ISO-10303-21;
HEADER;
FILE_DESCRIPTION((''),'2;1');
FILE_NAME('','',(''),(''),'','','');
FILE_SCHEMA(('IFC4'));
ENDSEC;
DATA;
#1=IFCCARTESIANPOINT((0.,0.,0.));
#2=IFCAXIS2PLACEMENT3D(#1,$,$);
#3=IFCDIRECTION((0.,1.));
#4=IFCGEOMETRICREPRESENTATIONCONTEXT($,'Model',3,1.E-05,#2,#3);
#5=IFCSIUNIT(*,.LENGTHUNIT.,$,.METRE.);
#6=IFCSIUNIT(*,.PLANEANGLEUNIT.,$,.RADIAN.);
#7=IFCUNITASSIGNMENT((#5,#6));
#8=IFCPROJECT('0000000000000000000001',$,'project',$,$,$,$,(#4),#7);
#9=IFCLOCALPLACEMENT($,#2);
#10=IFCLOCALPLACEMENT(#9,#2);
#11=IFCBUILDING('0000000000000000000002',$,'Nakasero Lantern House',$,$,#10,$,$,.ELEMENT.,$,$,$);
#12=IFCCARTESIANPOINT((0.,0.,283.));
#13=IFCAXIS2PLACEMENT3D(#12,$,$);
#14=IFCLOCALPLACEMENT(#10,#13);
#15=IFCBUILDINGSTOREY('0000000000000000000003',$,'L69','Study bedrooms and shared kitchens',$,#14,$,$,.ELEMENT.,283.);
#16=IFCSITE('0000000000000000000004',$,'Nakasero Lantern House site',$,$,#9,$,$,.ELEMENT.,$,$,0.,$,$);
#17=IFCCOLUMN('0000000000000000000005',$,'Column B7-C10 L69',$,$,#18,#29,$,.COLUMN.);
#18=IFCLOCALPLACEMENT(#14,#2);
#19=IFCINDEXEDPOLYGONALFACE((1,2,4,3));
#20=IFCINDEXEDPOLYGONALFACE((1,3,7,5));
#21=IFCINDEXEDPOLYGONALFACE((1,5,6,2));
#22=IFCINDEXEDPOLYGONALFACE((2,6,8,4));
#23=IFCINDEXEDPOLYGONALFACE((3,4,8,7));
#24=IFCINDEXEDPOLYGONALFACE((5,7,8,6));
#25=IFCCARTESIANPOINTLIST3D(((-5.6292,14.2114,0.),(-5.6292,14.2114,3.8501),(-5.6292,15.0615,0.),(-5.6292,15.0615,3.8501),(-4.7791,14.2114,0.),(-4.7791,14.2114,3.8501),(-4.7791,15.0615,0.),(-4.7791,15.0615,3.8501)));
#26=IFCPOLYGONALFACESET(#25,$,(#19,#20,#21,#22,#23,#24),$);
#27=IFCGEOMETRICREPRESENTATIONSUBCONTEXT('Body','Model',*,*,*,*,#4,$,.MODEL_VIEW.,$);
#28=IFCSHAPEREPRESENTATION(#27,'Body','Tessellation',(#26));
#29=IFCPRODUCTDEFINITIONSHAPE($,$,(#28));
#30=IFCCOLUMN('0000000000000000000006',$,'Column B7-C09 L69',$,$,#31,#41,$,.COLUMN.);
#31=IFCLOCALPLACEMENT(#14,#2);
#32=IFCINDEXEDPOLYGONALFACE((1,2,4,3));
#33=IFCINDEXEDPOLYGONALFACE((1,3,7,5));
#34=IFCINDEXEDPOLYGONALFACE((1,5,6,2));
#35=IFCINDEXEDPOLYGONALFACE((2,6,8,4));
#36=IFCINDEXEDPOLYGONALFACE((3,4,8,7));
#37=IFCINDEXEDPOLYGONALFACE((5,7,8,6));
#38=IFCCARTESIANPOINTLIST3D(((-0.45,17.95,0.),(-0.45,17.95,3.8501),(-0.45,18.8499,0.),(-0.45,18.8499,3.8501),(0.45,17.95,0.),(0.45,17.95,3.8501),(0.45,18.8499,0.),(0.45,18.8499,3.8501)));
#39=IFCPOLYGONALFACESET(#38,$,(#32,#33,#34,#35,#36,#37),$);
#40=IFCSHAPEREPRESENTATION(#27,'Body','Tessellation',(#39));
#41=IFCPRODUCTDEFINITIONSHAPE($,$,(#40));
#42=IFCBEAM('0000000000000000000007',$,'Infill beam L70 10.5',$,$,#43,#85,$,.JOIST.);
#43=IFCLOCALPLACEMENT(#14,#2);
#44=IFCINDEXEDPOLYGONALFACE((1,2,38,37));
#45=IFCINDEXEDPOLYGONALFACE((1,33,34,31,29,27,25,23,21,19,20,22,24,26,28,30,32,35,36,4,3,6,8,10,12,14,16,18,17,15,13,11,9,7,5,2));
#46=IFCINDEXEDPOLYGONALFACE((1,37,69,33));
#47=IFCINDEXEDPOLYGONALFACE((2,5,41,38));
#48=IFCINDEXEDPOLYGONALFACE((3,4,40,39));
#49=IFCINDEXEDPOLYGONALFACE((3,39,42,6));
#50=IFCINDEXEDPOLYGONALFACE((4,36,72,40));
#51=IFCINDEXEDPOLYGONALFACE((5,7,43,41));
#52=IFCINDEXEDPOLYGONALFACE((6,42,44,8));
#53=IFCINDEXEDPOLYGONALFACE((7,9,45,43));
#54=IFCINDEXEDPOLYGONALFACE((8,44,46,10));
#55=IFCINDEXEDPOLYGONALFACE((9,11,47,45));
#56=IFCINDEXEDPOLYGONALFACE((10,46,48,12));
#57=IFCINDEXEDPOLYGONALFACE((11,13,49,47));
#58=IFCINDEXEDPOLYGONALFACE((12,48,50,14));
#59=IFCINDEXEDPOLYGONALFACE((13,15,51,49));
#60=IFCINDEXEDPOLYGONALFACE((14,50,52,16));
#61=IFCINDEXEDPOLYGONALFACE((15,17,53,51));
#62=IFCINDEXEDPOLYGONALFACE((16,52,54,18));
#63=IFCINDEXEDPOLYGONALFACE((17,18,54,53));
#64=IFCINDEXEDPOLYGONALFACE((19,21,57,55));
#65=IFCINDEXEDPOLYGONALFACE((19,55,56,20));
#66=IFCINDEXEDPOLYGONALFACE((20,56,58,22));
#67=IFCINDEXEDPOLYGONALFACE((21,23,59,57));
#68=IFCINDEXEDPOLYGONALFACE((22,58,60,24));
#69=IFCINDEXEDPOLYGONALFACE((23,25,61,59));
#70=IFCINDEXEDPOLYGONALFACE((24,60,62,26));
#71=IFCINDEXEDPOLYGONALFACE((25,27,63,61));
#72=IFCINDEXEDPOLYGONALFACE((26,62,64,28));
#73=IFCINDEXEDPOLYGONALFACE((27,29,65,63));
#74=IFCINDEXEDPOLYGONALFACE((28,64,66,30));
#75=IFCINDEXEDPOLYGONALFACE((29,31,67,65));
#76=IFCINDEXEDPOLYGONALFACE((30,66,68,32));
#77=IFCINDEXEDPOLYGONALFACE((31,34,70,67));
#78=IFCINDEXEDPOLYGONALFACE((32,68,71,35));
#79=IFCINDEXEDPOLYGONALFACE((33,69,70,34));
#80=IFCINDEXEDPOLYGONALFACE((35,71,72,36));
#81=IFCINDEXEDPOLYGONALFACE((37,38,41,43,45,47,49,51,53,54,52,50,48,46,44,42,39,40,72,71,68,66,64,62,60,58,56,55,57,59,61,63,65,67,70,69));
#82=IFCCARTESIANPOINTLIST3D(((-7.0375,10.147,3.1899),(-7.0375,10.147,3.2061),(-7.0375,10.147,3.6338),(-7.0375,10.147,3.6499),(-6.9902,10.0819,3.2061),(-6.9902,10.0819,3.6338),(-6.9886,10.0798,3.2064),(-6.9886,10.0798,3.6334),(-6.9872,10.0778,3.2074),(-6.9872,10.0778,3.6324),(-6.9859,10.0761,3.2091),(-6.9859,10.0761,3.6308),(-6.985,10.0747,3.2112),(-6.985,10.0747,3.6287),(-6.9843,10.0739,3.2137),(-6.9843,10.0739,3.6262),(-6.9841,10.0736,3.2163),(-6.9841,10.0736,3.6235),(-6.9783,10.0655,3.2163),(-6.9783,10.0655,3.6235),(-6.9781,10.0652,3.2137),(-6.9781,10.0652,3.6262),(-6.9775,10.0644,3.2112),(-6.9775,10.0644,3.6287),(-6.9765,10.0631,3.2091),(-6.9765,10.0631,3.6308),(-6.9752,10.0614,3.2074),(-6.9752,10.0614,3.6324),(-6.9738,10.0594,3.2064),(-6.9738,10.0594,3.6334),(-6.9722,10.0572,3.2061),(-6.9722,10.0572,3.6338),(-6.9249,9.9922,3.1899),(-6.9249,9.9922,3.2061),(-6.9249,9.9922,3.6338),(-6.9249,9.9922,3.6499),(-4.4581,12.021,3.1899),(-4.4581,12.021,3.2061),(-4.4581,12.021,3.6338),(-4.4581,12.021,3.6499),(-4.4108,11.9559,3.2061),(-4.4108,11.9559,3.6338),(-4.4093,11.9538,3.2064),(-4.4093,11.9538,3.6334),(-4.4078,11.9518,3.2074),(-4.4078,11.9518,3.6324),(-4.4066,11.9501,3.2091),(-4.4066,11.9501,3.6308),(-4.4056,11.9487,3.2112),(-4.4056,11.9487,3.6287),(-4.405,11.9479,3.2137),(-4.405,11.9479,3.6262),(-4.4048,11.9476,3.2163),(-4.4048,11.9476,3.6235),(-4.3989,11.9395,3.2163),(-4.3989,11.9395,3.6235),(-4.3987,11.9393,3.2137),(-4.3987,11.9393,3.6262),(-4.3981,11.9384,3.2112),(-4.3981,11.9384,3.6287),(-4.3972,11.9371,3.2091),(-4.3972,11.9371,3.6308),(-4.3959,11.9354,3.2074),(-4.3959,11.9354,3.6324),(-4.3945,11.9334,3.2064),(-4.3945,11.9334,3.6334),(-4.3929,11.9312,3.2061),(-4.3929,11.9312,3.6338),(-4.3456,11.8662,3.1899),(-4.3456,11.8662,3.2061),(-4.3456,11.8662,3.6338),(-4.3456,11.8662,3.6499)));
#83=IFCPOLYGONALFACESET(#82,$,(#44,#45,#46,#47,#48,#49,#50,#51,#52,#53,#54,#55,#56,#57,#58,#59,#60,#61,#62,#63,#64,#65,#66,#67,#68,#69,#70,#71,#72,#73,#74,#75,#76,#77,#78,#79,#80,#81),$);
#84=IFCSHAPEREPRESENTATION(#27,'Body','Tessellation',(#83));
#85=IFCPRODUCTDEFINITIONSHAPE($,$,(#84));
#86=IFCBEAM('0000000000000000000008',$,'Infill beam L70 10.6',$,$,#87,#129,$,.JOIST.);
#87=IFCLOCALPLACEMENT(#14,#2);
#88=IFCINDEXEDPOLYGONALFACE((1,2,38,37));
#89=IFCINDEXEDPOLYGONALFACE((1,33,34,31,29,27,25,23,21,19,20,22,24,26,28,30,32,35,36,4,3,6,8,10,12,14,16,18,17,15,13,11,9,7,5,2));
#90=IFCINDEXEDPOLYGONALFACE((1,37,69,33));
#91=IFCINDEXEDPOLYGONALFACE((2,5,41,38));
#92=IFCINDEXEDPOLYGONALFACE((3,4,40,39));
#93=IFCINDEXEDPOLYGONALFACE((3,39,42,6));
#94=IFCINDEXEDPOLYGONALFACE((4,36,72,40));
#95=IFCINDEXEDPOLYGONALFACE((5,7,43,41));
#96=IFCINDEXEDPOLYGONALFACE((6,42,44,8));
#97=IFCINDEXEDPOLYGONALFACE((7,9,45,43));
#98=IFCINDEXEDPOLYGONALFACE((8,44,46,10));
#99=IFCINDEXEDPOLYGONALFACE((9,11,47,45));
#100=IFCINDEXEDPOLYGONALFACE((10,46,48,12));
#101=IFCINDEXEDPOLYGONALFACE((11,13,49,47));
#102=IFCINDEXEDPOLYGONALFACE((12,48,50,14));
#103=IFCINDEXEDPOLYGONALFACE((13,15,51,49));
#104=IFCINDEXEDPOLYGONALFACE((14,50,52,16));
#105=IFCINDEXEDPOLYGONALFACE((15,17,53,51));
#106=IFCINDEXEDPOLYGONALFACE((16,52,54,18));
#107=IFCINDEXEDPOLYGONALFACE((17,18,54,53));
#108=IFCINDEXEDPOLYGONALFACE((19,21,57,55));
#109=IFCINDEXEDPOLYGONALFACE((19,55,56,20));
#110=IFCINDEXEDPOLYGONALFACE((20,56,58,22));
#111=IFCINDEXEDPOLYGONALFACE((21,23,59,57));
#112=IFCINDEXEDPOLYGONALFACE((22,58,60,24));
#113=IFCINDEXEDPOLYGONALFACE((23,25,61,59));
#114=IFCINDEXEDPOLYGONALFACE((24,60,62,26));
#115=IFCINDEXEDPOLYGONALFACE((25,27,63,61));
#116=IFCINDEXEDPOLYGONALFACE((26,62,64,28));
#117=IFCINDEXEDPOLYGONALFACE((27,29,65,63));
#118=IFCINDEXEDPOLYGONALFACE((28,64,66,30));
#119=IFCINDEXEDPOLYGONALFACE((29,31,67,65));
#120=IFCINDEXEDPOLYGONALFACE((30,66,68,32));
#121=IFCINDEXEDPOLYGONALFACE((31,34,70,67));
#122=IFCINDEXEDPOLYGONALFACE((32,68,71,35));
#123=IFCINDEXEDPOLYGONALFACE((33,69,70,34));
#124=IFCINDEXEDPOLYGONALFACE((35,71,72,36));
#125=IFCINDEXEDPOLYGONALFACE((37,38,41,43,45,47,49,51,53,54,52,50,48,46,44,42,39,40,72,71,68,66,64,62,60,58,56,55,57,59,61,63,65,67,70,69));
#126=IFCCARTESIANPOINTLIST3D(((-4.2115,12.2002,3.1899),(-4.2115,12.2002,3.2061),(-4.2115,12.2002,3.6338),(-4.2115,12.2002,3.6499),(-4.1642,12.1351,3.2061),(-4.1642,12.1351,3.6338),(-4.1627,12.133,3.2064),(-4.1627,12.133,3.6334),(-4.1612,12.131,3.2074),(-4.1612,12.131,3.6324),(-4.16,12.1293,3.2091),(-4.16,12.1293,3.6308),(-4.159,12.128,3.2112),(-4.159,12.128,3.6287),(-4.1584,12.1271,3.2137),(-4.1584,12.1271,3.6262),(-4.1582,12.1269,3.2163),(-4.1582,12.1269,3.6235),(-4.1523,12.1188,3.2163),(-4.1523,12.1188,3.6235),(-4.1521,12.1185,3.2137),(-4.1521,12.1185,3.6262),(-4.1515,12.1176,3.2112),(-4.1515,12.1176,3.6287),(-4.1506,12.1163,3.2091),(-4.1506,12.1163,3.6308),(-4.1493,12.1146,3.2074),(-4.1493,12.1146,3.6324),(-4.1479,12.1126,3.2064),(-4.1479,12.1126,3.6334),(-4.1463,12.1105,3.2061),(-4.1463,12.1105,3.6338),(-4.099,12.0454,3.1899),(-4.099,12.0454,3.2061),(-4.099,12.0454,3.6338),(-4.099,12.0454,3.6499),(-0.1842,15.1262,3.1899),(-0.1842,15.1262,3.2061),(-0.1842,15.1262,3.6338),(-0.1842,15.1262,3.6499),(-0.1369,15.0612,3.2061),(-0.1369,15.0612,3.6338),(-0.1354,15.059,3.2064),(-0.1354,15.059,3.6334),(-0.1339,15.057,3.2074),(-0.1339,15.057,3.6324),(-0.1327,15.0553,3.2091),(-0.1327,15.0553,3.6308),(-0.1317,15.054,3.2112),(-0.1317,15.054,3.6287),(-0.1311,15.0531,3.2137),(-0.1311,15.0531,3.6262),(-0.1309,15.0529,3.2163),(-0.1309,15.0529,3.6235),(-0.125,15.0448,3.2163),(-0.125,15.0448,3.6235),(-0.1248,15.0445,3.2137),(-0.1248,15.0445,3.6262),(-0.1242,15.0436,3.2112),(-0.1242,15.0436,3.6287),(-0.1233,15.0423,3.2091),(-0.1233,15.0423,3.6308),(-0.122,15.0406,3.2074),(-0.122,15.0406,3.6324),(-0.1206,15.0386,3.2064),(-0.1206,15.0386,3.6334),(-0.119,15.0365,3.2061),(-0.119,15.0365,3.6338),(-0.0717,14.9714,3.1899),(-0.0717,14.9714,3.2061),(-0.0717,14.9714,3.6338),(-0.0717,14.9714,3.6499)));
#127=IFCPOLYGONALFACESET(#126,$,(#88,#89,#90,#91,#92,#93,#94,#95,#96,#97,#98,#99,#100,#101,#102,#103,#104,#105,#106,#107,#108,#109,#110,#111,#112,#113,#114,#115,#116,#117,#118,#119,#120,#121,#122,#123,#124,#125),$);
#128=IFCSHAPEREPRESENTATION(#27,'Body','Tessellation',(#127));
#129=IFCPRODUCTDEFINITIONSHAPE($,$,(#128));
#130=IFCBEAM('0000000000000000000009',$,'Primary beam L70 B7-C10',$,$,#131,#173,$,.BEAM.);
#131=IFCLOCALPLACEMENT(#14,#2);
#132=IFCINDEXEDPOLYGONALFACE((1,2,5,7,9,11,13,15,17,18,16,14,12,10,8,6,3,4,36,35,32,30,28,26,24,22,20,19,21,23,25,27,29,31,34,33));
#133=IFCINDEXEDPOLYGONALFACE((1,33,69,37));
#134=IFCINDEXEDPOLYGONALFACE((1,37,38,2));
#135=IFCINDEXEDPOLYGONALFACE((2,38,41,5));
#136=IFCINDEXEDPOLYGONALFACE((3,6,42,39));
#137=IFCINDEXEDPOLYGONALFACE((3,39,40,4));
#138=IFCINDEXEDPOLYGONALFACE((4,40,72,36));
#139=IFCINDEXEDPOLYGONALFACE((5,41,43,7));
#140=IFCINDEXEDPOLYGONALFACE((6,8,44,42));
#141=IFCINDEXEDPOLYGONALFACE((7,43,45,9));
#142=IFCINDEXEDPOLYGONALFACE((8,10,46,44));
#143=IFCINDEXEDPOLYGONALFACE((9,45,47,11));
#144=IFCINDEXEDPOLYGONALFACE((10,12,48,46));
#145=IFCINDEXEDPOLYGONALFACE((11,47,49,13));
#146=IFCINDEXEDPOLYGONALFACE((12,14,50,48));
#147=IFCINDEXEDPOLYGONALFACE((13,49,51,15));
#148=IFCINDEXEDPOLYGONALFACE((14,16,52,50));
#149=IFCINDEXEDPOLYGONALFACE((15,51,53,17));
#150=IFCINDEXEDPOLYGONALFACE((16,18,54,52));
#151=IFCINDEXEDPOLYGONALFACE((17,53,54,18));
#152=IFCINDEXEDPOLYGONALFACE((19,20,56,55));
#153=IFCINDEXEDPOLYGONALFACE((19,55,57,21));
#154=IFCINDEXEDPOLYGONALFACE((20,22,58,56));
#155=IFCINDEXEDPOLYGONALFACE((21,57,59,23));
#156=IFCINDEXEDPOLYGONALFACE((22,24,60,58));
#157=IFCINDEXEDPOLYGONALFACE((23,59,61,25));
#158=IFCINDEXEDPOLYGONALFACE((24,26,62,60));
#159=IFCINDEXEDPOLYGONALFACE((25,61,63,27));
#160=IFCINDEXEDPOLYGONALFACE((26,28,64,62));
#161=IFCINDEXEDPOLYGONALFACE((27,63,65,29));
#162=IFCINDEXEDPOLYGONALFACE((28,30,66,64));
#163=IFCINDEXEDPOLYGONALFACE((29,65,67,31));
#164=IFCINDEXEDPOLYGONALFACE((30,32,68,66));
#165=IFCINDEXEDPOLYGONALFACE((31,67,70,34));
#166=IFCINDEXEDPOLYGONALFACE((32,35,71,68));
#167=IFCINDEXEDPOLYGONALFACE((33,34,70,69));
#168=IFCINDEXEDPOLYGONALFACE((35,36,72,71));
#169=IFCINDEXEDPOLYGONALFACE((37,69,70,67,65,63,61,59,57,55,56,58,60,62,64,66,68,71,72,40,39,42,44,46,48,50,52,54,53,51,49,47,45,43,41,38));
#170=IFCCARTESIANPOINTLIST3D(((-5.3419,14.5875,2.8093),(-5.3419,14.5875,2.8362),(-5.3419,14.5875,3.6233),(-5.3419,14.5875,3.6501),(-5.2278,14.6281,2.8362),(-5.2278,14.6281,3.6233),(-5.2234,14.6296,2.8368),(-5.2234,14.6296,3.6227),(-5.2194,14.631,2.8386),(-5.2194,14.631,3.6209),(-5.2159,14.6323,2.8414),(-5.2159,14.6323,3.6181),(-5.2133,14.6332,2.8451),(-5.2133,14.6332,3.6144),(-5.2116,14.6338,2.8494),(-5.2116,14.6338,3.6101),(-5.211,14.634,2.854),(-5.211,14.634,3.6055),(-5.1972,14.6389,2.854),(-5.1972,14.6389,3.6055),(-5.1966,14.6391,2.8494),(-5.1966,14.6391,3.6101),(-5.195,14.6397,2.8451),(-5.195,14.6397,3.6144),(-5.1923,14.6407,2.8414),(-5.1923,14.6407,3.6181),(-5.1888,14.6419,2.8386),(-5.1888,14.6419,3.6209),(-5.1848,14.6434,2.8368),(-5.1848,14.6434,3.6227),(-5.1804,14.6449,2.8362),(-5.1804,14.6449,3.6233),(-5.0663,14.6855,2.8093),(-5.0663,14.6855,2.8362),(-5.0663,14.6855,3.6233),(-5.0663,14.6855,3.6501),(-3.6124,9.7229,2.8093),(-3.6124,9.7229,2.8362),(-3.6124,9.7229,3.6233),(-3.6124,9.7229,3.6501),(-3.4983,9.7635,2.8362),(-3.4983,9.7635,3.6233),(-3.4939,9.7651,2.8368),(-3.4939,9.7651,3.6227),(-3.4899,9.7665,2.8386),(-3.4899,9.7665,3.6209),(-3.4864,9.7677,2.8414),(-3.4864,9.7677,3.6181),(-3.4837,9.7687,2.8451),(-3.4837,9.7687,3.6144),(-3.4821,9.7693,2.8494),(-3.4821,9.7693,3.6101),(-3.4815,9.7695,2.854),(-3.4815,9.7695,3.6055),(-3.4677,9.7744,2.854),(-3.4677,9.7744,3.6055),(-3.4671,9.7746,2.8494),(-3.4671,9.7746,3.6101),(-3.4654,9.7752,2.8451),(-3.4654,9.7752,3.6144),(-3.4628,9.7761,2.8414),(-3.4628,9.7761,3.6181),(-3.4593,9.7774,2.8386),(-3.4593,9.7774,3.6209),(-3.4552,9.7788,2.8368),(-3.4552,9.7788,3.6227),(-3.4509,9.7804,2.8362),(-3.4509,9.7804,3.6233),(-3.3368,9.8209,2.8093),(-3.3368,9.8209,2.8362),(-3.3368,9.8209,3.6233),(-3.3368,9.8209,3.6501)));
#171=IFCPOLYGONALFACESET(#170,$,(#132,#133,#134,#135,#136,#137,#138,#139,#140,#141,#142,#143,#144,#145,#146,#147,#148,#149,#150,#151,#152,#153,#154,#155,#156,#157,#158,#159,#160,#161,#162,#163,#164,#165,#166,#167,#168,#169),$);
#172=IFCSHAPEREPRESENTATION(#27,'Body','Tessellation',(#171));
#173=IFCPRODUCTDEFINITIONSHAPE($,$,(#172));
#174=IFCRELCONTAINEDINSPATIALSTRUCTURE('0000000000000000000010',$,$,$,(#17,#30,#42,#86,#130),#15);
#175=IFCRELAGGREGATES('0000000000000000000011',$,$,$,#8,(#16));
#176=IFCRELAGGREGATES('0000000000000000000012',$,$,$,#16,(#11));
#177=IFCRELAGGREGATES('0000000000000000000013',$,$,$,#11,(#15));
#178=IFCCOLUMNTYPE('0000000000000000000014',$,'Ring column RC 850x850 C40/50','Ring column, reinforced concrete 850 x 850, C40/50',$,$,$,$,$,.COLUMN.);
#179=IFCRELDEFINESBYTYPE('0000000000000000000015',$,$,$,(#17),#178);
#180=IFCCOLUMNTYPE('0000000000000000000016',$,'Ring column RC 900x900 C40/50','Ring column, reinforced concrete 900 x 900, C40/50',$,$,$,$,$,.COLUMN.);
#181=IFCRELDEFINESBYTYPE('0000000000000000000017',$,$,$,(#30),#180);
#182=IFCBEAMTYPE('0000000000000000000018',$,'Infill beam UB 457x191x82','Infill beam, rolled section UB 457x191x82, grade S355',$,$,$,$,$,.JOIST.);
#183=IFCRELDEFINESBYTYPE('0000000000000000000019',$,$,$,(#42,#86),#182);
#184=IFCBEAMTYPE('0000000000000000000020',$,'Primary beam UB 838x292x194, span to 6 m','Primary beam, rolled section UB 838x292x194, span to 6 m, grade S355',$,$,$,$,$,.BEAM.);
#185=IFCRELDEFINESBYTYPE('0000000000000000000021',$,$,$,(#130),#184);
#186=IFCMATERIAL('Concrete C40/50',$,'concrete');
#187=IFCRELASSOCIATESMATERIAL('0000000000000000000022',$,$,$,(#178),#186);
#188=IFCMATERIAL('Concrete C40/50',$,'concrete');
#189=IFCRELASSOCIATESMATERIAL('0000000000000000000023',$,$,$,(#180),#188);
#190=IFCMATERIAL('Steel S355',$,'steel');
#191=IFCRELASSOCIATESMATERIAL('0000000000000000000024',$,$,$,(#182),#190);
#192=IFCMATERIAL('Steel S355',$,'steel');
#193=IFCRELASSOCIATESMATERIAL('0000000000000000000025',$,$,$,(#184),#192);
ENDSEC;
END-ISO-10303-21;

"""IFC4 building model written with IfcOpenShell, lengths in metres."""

from ifc_helpers import new_model, si_unit, direction, frame, origin, origin_2d, place, context, subcontext, project, spatial, rectangle, i_section, extrude, material, material_profile, profile_set, type_object, element, save


model = new_model("IFC4")

# Units and contexts
model_context = context("Model", 3, precision=1e-05, world=origin(), true_north=direction((0.0, 1.0)))
body_context = subcontext(model_context, "Body", "Model", "MODEL_VIEW")
ifc_project = project(units=[si_unit("LENGTHUNIT", "METRE"), si_unit("PLANEANGLEUNIT", "RADIAN")], contexts=[model_context])

# Site, building, storey
site_placement = place(None, origin())
site = spatial("IfcSite", under=ifc_project, at=site_placement, Name="Nakasero Lantern House site", CompositionType="ELEMENT", RefElevation=0.0)
building_placement = place(site_placement, origin())
building = spatial("IfcBuilding", under=site, at=building_placement, Name="Nakasero Lantern House", CompositionType="ELEMENT")
storey_placement = place(building_placement, frame((0.0, 0.0, 283.0)))
storey = spatial("IfcBuildingStorey", under=building, at=storey_placement, Name="L69", Description="Study bedrooms and shared kitchens", CompositionType="ELEMENT", Elevation=283.0)

# Columns
ifc_material_1 = material(Name="Concrete C40/50", Category="concrete")
ifc_material_profile_1 = material_profile(ifc_material_1, rectangle(XDim=0.8501, YDim=0.8501, at=origin_2d()), Name="RC 850x850")
ifc_profile_set_1 = profile_set([ifc_material_profile_1], Name="Concrete C40/50")
column_type_1 = type_object("IfcColumnType", Name="Ring column RC 850x850 C40/50", Description="Ring column, reinforced concrete 850 x 850, C40/50", PredefinedType="COLUMN", material=ifc_profile_set_1)
column_1_placement = place(storey_placement, frame((-5.2041, 14.6365, 0.0), z_axis=(0.0, 0.0, 1.0), x_axis=(1.0, 0.0, 0.0)))
element("IfcColumn", 1, at=column_1_placement, inside=storey, type_object=column_type_1, Name="Column B7-C10 L69", PredefinedType="COLUMN", context=body_context, shape_type="SweptSolid", body=[
    extrude(rectangle(XDim=0.8501, YDim=0.8501, at=origin_2d()), origin(), (0.0, 0.0, 1.0), 3.8501),
])
ifc_material_2 = material(Name="Concrete C40/50", Category="concrete")
ifc_material_profile_2 = material_profile(ifc_material_2, rectangle(XDim=0.8999, YDim=0.8999, at=origin_2d()), Name="RC 900x900")
ifc_profile_set_2 = profile_set([ifc_material_profile_2], Name="Concrete C40/50")
column_type_2 = type_object("IfcColumnType", Name="Ring column RC 900x900 C40/50", Description="Ring column, reinforced concrete 900 x 900, C40/50", PredefinedType="COLUMN", material=ifc_profile_set_2)
column_2_placement = place(storey_placement, frame((0.0, 18.3999, 0.0), z_axis=(0.0, 0.0, 1.0), x_axis=(1.0, 0.0, 0.0)))
element("IfcColumn", 2, at=column_2_placement, inside=storey, type_object=column_type_2, Name="Column B7-C09 L69", PredefinedType="COLUMN", context=body_context, shape_type="SweptSolid", body=[
    extrude(rectangle(XDim=0.8999, YDim=0.8999, at=origin_2d()), origin(), (0.0, 0.0, 1.0), 3.8501),
])

# Beams
ifc_material_3 = material(Name="Steel S355", Category="steel")
ifc_material_profile_3 = material_profile(ifc_material_3, i_section(OverallWidth=0.1914, OverallDepth=0.46, WebThickness=0.01, FlangeThickness=0.0161, FilletRadius=0.0103, at=origin_2d()), Name="UB 457x191x82")
ifc_profile_set_3 = profile_set([ifc_material_profile_3], Name="Steel S355")
beam_type_1 = type_object("IfcBeamType", Name="Infill beam UB 457x191x82", Description="Infill beam, rolled section UB 457x191x82, grade S355", PredefinedType="JOIST", material=ifc_profile_set_3)
beam_1_placement = place(storey_placement, frame((-6.9812, 10.0696, 3.4199), z_axis=(0.809014, 0.587789, 0.0), x_axis=(-0.587789, 0.809014, 0.0)))
element("IfcBeam", 3, at=beam_1_placement, inside=storey, type_object=beam_type_1, Name="Infill beam L70 10.5", PredefinedType="JOIST", context=body_context, shape_type="SweptSolid", body=[
    extrude(i_section(OverallWidth=0.1914, OverallDepth=0.46, WebThickness=0.01, FlangeThickness=0.0161, FilletRadius=0.0103, at=origin_2d()), origin(), (0.0, 0.0, 1.0), 3.1882),
])
beam_2_placement = place(storey_placement, frame((-4.1553, 12.1228, 3.4199), z_axis=(0.809018, 0.587784, 0.0), x_axis=(-0.587784, 0.809018, 0.0)))
element("IfcBeam", 4, at=beam_2_placement, inside=storey, type_object=beam_type_1, Name="Infill beam L70 10.6", PredefinedType="JOIST", context=body_context, shape_type="SweptSolid", body=[
    extrude(i_section(OverallWidth=0.1914, OverallDepth=0.46, WebThickness=0.01, FlangeThickness=0.0161, FilletRadius=0.0103, at=origin_2d()), origin(), (0.0, 0.0, 1.0), 4.978),
])
ifc_material_4 = material(Name="Steel S355", Category="steel")
ifc_material_profile_4 = material_profile(ifc_material_4, i_section(OverallWidth=0.2925, OverallDepth=0.8408, WebThickness=0.0146, FlangeThickness=0.0269, FilletRadius=0.0178, at=origin_2d()), Name="UB 838x292x194")
ifc_profile_set_4 = profile_set([ifc_material_profile_4], Name="Steel S355")
beam_type_2 = type_object("IfcBeamType", Name="Primary beam UB 838x292x194, span to 6 m", Description="Primary beam, rolled section UB 838x292x194, span to 6 m, grade S355", PredefinedType="BEAM", material=ifc_profile_set_4)
beam_3_placement = place(storey_placement, frame((-5.2041, 14.6365, 3.2297), z_axis=(0.334991, -0.942221, 0.0), x_axis=(0.942221, 0.334991, 0.0)))
element("IfcBeam", 5, at=beam_3_placement, inside=storey, type_object=beam_type_2, Name="Primary beam L70 B7-C10", PredefinedType="BEAM", context=body_context, shape_type="SweptSolid", body=[
    extrude(i_section(OverallWidth=0.2925, OverallDepth=0.8408, WebThickness=0.0146, FlangeThickness=0.0269, FilletRadius=0.0178, at=origin_2d()), origin(), (0.0, 0.0, 1.0), 5.1628),
])

save(model, "model.ifc")
